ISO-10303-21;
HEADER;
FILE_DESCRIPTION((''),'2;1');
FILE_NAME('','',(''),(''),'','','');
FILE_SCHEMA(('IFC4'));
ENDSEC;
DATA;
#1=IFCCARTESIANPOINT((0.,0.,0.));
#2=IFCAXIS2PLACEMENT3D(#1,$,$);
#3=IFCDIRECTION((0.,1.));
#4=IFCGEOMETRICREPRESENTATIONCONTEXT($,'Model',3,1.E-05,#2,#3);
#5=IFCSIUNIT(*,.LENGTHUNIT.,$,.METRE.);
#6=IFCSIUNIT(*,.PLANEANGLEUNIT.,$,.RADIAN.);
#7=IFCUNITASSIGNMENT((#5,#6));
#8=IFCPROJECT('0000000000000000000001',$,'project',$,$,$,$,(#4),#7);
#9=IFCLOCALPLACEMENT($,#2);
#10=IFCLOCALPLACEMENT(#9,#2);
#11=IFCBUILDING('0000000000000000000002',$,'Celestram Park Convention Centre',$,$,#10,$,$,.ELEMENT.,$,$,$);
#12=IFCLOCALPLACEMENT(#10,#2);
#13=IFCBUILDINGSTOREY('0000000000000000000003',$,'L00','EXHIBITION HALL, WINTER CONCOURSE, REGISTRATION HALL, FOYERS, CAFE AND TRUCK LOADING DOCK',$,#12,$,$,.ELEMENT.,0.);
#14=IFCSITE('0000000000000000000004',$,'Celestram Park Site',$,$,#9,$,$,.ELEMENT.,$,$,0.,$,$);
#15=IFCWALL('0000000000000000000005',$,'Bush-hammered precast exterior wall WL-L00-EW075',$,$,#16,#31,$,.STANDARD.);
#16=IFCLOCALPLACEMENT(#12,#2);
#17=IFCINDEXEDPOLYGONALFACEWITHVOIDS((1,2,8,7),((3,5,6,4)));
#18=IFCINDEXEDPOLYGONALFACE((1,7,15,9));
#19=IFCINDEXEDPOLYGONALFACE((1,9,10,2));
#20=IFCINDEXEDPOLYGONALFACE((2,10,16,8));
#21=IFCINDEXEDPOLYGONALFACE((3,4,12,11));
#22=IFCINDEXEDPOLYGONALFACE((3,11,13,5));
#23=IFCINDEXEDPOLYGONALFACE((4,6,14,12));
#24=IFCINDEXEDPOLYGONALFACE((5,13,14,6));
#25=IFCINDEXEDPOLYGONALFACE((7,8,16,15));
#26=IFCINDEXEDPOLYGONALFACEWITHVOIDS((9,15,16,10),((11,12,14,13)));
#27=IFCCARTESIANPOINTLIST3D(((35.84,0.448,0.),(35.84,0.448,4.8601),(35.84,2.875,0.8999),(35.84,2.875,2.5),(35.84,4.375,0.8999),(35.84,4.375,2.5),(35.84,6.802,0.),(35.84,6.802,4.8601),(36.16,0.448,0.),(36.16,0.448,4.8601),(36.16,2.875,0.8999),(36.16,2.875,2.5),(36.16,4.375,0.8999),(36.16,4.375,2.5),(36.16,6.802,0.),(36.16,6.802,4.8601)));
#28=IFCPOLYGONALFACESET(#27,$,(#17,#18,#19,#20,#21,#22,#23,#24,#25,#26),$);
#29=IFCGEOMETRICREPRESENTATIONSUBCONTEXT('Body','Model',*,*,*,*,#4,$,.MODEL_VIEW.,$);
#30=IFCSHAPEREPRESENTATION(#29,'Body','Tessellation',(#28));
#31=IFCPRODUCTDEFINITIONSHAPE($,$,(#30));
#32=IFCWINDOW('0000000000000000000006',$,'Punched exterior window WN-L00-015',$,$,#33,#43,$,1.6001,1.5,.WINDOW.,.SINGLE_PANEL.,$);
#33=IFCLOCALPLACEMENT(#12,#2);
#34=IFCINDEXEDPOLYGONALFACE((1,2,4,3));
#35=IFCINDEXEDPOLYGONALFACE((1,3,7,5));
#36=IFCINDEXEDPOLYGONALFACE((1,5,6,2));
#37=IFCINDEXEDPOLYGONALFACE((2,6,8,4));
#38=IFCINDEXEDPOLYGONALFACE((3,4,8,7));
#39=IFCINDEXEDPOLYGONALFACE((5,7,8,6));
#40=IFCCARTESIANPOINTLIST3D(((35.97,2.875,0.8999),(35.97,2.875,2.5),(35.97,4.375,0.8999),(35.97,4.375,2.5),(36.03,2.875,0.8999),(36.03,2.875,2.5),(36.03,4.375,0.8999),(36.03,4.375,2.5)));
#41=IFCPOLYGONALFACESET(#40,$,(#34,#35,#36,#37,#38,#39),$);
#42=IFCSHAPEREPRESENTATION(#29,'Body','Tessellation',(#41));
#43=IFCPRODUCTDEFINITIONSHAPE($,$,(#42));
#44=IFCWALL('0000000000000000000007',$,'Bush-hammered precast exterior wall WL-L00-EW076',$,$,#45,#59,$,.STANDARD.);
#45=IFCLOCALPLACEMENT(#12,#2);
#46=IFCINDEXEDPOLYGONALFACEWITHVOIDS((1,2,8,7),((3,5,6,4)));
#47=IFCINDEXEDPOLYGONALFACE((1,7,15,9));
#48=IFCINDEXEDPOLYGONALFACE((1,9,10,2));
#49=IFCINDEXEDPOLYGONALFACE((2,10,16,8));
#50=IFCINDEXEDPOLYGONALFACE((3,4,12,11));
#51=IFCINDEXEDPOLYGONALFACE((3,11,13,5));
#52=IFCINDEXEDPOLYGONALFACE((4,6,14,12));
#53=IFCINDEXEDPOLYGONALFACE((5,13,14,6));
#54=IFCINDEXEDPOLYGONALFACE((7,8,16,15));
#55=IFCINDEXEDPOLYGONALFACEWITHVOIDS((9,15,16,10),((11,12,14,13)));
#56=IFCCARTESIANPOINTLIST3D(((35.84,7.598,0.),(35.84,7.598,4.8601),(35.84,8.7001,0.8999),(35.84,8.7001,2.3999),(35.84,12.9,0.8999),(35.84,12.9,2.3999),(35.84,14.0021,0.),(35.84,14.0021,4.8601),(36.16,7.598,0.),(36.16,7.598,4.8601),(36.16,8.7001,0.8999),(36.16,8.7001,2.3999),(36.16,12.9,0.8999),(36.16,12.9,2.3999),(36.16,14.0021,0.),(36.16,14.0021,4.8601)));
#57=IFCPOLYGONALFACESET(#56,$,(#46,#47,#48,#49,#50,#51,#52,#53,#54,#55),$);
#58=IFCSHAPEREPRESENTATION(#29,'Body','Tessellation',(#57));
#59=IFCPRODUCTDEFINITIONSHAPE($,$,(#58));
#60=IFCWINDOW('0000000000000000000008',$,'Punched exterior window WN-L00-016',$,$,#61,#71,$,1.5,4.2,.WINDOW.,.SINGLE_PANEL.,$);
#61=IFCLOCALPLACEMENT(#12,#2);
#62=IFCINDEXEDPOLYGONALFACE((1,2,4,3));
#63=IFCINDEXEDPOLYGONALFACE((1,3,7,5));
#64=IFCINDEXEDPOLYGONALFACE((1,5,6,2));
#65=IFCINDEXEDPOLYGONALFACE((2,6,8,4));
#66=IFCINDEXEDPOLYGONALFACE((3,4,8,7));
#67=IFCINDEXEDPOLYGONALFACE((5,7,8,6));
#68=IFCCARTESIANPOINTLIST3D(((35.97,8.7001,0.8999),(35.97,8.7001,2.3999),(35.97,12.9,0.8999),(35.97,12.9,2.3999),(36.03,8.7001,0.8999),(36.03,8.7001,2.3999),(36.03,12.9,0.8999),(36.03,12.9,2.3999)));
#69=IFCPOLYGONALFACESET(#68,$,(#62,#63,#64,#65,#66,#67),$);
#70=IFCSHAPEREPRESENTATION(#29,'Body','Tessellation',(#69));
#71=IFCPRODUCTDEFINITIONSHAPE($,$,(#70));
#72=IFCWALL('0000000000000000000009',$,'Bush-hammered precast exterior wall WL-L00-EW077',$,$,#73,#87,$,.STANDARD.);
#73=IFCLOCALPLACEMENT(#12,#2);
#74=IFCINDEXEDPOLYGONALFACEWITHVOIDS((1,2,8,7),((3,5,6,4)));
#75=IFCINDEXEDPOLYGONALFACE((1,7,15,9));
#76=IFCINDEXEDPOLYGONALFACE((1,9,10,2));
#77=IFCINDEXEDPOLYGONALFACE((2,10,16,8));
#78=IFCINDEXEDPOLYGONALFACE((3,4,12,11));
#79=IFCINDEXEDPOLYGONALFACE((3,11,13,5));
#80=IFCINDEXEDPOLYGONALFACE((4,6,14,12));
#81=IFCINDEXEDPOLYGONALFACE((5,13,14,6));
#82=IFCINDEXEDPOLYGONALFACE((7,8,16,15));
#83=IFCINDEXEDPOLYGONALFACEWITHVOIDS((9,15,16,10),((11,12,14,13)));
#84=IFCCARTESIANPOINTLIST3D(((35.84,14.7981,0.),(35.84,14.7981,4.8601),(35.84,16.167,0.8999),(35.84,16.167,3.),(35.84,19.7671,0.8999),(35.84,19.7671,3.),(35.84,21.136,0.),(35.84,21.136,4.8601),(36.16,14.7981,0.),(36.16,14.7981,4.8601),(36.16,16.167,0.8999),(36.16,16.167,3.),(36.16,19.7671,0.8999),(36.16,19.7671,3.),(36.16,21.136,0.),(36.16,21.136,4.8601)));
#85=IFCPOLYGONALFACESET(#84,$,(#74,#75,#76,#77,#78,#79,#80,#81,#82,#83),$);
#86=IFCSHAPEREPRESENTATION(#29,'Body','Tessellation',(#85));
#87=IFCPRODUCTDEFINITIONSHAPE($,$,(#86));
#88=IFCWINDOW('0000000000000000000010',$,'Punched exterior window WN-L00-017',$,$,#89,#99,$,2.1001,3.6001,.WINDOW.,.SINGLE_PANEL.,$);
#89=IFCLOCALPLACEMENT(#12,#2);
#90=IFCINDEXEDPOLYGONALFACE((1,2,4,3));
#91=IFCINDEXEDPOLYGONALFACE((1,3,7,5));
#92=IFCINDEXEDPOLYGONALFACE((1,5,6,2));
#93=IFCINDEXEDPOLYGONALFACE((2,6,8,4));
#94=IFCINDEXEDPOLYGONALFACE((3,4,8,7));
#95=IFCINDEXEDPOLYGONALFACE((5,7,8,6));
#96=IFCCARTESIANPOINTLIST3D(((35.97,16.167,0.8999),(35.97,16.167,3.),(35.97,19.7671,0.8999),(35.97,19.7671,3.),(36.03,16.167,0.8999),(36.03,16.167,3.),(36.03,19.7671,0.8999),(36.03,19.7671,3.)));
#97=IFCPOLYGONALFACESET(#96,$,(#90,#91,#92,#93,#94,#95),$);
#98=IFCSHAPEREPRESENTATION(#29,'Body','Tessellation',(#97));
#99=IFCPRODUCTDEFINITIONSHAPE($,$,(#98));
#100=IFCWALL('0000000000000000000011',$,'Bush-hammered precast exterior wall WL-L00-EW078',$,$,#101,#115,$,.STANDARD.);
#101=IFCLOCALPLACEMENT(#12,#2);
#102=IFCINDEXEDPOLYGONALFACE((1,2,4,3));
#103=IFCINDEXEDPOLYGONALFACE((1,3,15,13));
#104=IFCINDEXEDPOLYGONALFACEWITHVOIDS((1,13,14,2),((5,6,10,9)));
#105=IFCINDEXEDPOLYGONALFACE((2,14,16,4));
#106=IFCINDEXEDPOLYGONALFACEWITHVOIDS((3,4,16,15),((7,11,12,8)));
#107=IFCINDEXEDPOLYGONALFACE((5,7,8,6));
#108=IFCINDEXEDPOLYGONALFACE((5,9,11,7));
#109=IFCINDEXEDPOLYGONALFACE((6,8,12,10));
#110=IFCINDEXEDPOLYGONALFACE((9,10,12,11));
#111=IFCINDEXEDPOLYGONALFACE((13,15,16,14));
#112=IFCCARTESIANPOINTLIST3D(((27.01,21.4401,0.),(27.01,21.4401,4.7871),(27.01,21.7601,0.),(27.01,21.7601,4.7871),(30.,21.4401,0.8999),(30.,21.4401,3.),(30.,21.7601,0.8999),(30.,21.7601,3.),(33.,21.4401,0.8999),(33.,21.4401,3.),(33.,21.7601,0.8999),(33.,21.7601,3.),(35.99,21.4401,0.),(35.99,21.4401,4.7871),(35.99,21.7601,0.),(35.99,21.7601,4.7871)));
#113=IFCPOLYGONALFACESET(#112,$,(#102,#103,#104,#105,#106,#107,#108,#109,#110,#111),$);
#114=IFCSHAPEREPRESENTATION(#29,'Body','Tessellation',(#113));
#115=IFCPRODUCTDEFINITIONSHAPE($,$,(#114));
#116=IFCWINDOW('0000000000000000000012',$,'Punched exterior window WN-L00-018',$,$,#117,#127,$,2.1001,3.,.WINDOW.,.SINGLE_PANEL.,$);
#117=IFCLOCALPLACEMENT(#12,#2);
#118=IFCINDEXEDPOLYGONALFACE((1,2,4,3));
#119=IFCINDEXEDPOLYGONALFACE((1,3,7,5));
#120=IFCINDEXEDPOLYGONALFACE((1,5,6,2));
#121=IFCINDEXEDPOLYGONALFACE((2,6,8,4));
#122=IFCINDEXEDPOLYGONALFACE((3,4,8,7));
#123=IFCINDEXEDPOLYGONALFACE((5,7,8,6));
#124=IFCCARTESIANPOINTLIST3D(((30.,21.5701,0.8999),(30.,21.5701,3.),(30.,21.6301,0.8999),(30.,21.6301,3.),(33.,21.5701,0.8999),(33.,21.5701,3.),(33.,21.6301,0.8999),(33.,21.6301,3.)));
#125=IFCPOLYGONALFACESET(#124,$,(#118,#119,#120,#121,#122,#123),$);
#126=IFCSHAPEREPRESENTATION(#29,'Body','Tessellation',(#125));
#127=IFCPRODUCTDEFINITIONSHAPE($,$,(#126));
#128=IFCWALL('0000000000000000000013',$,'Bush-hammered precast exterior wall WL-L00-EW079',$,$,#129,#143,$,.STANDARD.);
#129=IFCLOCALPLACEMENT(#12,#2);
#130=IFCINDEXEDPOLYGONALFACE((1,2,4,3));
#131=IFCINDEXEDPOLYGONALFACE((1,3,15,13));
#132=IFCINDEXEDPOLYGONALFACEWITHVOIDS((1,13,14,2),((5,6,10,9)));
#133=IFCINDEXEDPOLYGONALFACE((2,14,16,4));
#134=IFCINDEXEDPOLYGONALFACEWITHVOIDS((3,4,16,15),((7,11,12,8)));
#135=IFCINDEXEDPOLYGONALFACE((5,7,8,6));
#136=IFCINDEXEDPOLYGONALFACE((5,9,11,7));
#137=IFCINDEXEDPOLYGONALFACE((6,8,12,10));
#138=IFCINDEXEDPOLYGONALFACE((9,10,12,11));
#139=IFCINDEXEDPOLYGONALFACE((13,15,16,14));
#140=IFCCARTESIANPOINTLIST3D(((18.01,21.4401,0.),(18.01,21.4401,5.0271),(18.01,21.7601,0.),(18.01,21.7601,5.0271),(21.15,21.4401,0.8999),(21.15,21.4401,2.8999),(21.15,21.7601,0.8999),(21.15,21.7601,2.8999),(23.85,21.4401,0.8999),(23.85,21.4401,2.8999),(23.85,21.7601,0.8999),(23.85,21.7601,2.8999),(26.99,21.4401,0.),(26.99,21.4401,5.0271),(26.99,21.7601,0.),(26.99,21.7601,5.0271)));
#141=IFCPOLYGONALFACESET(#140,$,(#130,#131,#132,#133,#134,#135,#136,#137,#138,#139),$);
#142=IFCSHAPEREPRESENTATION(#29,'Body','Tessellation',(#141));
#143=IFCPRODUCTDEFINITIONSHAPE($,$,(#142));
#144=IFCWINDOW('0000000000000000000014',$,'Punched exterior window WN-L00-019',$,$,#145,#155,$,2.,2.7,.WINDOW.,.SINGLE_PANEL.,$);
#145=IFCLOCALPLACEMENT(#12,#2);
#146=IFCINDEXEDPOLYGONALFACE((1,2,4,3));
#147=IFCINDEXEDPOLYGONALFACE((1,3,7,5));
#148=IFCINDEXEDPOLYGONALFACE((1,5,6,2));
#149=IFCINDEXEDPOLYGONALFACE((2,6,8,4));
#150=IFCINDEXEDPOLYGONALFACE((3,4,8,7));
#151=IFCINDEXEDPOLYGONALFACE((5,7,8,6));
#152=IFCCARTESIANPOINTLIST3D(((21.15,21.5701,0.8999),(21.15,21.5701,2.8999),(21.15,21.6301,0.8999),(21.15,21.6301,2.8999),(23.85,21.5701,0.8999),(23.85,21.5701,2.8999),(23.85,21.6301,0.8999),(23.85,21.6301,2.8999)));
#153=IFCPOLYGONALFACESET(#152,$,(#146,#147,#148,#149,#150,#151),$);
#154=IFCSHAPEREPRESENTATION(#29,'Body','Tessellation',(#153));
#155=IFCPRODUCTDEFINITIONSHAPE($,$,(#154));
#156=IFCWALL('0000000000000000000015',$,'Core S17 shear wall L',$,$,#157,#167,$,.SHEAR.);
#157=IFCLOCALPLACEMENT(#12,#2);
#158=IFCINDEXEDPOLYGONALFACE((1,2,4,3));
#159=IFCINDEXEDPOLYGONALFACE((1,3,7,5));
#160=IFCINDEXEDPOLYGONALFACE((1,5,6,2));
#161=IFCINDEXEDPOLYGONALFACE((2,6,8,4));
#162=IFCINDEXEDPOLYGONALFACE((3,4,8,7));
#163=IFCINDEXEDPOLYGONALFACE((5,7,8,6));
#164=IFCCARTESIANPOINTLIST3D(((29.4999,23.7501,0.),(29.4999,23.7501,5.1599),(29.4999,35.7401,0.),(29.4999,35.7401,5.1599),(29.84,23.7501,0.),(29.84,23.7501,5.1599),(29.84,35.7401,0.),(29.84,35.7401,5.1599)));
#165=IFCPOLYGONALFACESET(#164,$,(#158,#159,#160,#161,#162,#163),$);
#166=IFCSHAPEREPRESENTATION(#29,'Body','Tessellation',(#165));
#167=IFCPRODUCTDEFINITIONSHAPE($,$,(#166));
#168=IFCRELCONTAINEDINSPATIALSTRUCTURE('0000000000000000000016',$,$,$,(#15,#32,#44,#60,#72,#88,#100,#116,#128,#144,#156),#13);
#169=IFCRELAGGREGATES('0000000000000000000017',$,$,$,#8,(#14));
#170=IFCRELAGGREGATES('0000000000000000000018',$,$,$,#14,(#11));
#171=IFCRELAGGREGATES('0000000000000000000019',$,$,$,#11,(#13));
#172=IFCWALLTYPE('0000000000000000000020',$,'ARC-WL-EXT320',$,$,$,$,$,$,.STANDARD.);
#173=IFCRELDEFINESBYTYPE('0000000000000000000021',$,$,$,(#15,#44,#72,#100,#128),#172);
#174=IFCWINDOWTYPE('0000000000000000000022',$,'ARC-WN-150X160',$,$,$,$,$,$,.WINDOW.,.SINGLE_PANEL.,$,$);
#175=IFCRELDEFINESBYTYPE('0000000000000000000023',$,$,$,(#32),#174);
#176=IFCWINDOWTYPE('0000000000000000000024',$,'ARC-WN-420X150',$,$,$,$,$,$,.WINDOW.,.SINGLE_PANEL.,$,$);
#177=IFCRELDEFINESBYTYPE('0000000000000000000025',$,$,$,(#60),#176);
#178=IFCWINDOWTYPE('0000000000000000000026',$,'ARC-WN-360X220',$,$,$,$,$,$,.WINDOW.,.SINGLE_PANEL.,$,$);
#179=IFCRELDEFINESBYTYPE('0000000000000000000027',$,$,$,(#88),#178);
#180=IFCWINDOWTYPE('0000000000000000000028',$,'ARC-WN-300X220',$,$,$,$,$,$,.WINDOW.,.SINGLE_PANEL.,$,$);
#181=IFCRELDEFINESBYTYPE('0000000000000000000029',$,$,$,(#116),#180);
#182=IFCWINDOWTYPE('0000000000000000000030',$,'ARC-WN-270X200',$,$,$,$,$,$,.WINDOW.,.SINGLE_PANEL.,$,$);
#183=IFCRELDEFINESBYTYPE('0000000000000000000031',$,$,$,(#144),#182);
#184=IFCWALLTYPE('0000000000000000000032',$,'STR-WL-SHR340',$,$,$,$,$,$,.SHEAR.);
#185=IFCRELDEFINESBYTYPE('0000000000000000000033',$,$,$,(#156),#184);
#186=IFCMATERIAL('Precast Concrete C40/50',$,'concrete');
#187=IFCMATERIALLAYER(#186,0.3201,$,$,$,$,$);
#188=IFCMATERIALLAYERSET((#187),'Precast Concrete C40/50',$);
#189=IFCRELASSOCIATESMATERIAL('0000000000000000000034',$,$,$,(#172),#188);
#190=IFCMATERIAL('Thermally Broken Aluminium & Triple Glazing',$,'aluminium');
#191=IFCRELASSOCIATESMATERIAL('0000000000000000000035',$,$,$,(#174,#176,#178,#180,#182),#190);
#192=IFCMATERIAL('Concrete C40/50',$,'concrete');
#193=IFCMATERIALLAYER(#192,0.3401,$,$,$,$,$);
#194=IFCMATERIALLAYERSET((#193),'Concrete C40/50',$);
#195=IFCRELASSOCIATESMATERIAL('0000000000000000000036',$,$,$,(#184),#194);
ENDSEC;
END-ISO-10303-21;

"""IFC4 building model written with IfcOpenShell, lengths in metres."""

from ifc_helpers import new_model, si_unit, direction, frame, frame_2d, origin, place, context, subcontext, project, spatial, rectangle, extrude, material, layer, layer_set, type_object, element, fill, save


model = new_model("IFC4")

# Units and contexts
model_context = context("Model", 3, precision=1e-05, world=origin(), true_north=direction((0.0, 1.0)))
body_context = subcontext(model_context, "Body", "Model", "MODEL_VIEW")
ifc_project = project(units=[si_unit("LENGTHUNIT", "METRE"), si_unit("PLANEANGLEUNIT", "RADIAN")], contexts=[model_context])

# Site, building, storey
site_placement = place(None, origin())
site = spatial("IfcSite", under=ifc_project, at=site_placement, Name="Celestram Park Site", CompositionType="ELEMENT", RefElevation=0.0)
building_placement = place(site_placement, origin())
building = spatial("IfcBuilding", under=site, at=building_placement, Name="Celestram Park Convention Centre", CompositionType="ELEMENT")
storey_placement = place(building_placement, origin())
storey = spatial("IfcBuildingStorey", under=building, at=storey_placement, Name="L00", Description="EXHIBITION HALL, WINTER CONCOURSE, REGISTRATION HALL, FOYERS, CAFE AND TRUCK LOADING DOCK", CompositionType="ELEMENT", Elevation=0.0)

# Shared definitions
ifc_material_1 = material(Name="Concrete C40/50", Category="concrete")

# Walls, openings, windows
ifc_material_2 = material(Name="Precast Concrete C40/50", Category="concrete")
ifc_layer_1 = layer(ifc_material_2, 0.3201)
ifc_layer_set_1 = layer_set([ifc_layer_1], Name="Precast Concrete C40/50")
wall_type_1 = type_object("IfcWallType", Name="ARC-WL-EXT320", PredefinedType="STANDARD", material=ifc_layer_set_1)
wall_1_placement = place(storey_placement, frame((36.0, 0.448, 0.0), z_axis=(0.0, 0.0, 1.0), x_axis=(0.0, 1.0, 0.0)))
wall_1 = element("IfcWall", 1, at=wall_1_placement, inside=storey, type_object=wall_type_1, Name="Bush-hammered precast exterior wall WL-L00-EW075", PredefinedType="STANDARD", context=body_context, shape_type="SweptSolid", body=[
    extrude(rectangle(XDim=6.354, YDim=0.3201, at=frame_2d((3.177, 0.0))), origin(), (0.0, 0.0, 1.0), 4.8601),
])
opening_1_placement = place(wall_1_placement, frame((2.427, 0.0, 0.8999)))
opening_1 = element("IfcOpeningElement", 2, at=opening_1_placement, cuts=wall_1, PredefinedType="OPENING", context=body_context, shape_type="SweptSolid", body=[
    extrude(rectangle(XDim=1.5, YDim=1.6001, at=frame_2d((0.75, 0.8))), frame((0.0, 0.1699, 0.0), z_axis=(0.0, -1.0, 0.0), x_axis=(1.0, 0.0, 0.0)), (0.0, 0.0, 1.0), 0.3401),
])
ifc_material_3 = material(Name="Thermally Broken Aluminium & Triple Glazing", Category="aluminium")
window_type_1 = type_object("IfcWindowType", Name="ARC-WN-150X160", PartitioningType="SINGLE_PANEL", PredefinedType="WINDOW", material=ifc_material_3)
window_1_placement = place(opening_1_placement, origin())
window_1 = element("IfcWindow", 3, at=window_1_placement, inside=storey, type_object=window_type_1, Name="Punched exterior window WN-L00-015", OverallHeight=1.6001, OverallWidth=1.5, PartitioningType="SINGLE_PANEL", PredefinedType="WINDOW", context=body_context, shape_type="SweptSolid", body=[
    extrude(rectangle(XDim=1.5, YDim=1.6001, at=frame_2d((0.75, 0.8))), frame((0.0, 0.03, 0.0), z_axis=(0.0, -1.0, 0.0), x_axis=(1.0, 0.0, 0.0)), (0.0, 0.0, 1.0), 0.0601),
])
fill(opening_1, window_1)
wall_2_placement = place(storey_placement, frame((36.0, 7.5979, 0.0), z_axis=(0.0, 0.0, 1.0), x_axis=(0.0, 1.0, 0.0)))
wall_2 = element("IfcWall", 4, at=wall_2_placement, inside=storey, type_object=wall_type_1, Name="Bush-hammered precast exterior wall WL-L00-EW076", PredefinedType="STANDARD", context=body_context, shape_type="SweptSolid", body=[
    extrude(rectangle(XDim=6.4041, YDim=0.3201, at=frame_2d((3.2021, 0.0))), origin(), (0.0, 0.0, 1.0), 4.8601),
])
opening_2_placement = place(wall_2_placement, frame((1.1021, 0.0, 0.8999)))
opening_2 = element("IfcOpeningElement", 5, at=opening_2_placement, cuts=wall_2, PredefinedType="OPENING", context=body_context, shape_type="SweptSolid", body=[
    extrude(rectangle(XDim=4.2, YDim=1.5, at=frame_2d((2.1001, 0.75))), frame((0.0, 0.1699, 0.0), z_axis=(0.0, -1.0, 0.0), x_axis=(1.0, 0.0, 0.0)), (0.0, 0.0, 1.0), 0.3401),
])
window_type_2 = type_object("IfcWindowType", Name="ARC-WN-420X150", PartitioningType="SINGLE_PANEL", PredefinedType="WINDOW", material=ifc_material_3)
window_2_placement = place(opening_2_placement, origin())
window_2 = element("IfcWindow", 6, at=window_2_placement, inside=storey, type_object=window_type_2, Name="Punched exterior window WN-L00-016", OverallHeight=1.5, OverallWidth=4.2, PartitioningType="SINGLE_PANEL", PredefinedType="WINDOW", context=body_context, shape_type="SweptSolid", body=[
    extrude(rectangle(XDim=4.2, YDim=1.5, at=frame_2d((2.1001, 0.75))), frame((0.0, 0.03, 0.0), z_axis=(0.0, -1.0, 0.0), x_axis=(1.0, 0.0, 0.0)), (0.0, 0.0, 1.0), 0.0601),
])
fill(opening_2, window_2)
wall_3_placement = place(storey_placement, frame((36.0, 14.7981, 0.0), z_axis=(0.0, 0.0, 1.0), x_axis=(0.0, 1.0, 0.0)))
wall_3 = element("IfcWall", 7, at=wall_3_placement, inside=storey, type_object=wall_type_1, Name="Bush-hammered precast exterior wall WL-L00-EW077", PredefinedType="STANDARD", context=body_context, shape_type="SweptSolid", body=[
    extrude(rectangle(XDim=6.3379, YDim=0.3201, at=frame_2d((3.1689, 0.0))), origin(), (0.0, 0.0, 1.0), 4.8601),
])
opening_3_placement = place(wall_3_placement, frame((1.3689, 0.0, 0.8999)))
opening_3 = element("IfcOpeningElement", 8, at=opening_3_placement, cuts=wall_3, PredefinedType="OPENING", context=body_context, shape_type="SweptSolid", body=[
    extrude(rectangle(XDim=3.6001, YDim=2.1001, at=frame_2d((1.8, 1.05))), frame((0.0, 0.1699, 0.0), z_axis=(0.0, -1.0, 0.0), x_axis=(1.0, 0.0, 0.0)), (0.0, 0.0, 1.0), 0.3401),
])
window_type_3 = type_object("IfcWindowType", Name="ARC-WN-360X220", PartitioningType="SINGLE_PANEL", PredefinedType="WINDOW", material=ifc_material_3)
window_3_placement = place(opening_3_placement, origin())
window_3 = element("IfcWindow", 9, at=window_3_placement, inside=storey, type_object=window_type_3, Name="Punched exterior window WN-L00-017", OverallHeight=2.1001, OverallWidth=3.6001, PartitioningType="SINGLE_PANEL", PredefinedType="WINDOW", context=body_context, shape_type="SweptSolid", body=[
    extrude(rectangle(XDim=3.6001, YDim=2.1001, at=frame_2d((1.8, 1.05))), frame((0.0, 0.03, 0.0), z_axis=(0.0, -1.0, 0.0), x_axis=(1.0, 0.0, 0.0)), (0.0, 0.0, 1.0), 0.0601),
])
fill(opening_3, window_3)
wall_4_placement = place(storey_placement, frame((35.99, 21.6001, 0.0), z_axis=(0.0, 0.0, 1.0), x_axis=(-1.0, 0.0, 0.0)))
wall_4 = element("IfcWall", 10, at=wall_4_placement, inside=storey, type_object=wall_type_1, Name="Bush-hammered precast exterior wall WL-L00-EW078", PredefinedType="STANDARD", context=body_context, shape_type="SweptSolid", body=[
    extrude(rectangle(XDim=8.98, YDim=0.3201, at=frame_2d((4.49, 0.0))), origin(), (0.0, 0.0, 1.0), 4.7871),
])
opening_4_placement = place(wall_4_placement, frame((2.99, 0.0, 0.8999)))
opening_4 = element("IfcOpeningElement", 11, at=opening_4_placement, cuts=wall_4, PredefinedType="OPENING", context=body_context, shape_type="SweptSolid", body=[
    extrude(rectangle(XDim=3.0, YDim=2.1001, at=frame_2d((1.5, 1.05))), frame((0.0, 0.1699, 0.0), z_axis=(0.0, -1.0, 0.0), x_axis=(1.0, 0.0, 0.0)), (0.0, 0.0, 1.0), 0.3401),
])
window_type_4 = type_object("IfcWindowType", Name="ARC-WN-300X220", PartitioningType="SINGLE_PANEL", PredefinedType="WINDOW", material=ifc_material_3)
window_4_placement = place(opening_4_placement, origin())
window_4 = element("IfcWindow", 12, at=window_4_placement, inside=storey, type_object=window_type_4, Name="Punched exterior window WN-L00-018", OverallHeight=2.1001, OverallWidth=3.0, PartitioningType="SINGLE_PANEL", PredefinedType="WINDOW", context=body_context, shape_type="SweptSolid", body=[
    extrude(rectangle(XDim=3.0, YDim=2.1001, at=frame_2d((1.5, 1.05))), frame((0.0, 0.03, 0.0), z_axis=(0.0, -1.0, 0.0), x_axis=(1.0, 0.0, 0.0)), (0.0, 0.0, 1.0), 0.0601),
])
fill(opening_4, window_4)
wall_5_placement = place(storey_placement, frame((26.99, 21.6001, 0.0), z_axis=(0.0, 0.0, 1.0), x_axis=(-1.0, 0.0, 0.0)))
wall_5 = element("IfcWall", 13, at=wall_5_placement, inside=storey, type_object=wall_type_1, Name="Bush-hammered precast exterior wall WL-L00-EW079", PredefinedType="STANDARD", context=body_context, shape_type="SweptSolid", body=[
    extrude(rectangle(XDim=8.98, YDim=0.3201, at=frame_2d((4.49, 0.0))), origin(), (0.0, 0.0, 1.0), 5.0271),
])
opening_5_placement = place(wall_5_placement, frame((3.1399, 0.0, 0.8999)))
opening_5 = element("IfcOpeningElement", 14, at=opening_5_placement, cuts=wall_5, PredefinedType="OPENING", context=body_context, shape_type="SweptSolid", body=[
    extrude(rectangle(XDim=2.7, YDim=2.0, at=frame_2d((1.3501, 1.0))), frame((0.0, 0.1699, 0.0), z_axis=(0.0, -1.0, 0.0), x_axis=(1.0, 0.0, 0.0)), (0.0, 0.0, 1.0), 0.3401),
])
window_type_5 = type_object("IfcWindowType", Name="ARC-WN-270X200", PartitioningType="SINGLE_PANEL", PredefinedType="WINDOW", material=ifc_material_3)
window_5_placement = place(opening_5_placement, origin())
window_5 = element("IfcWindow", 15, at=window_5_placement, inside=storey, type_object=window_type_5, Name="Punched exterior window WN-L00-019", OverallHeight=2.0, OverallWidth=2.7, PartitioningType="SINGLE_PANEL", PredefinedType="WINDOW", context=body_context, shape_type="SweptSolid", body=[
    extrude(rectangle(XDim=2.7, YDim=2.0, at=frame_2d((1.3501, 1.0))), frame((0.0, 0.03, 0.0), z_axis=(0.0, -1.0, 0.0), x_axis=(1.0, 0.0, 0.0)), (0.0, 0.0, 1.0), 0.0601),
])
fill(opening_5, window_5)

# Wall
ifc_layer_2 = layer(ifc_material_1, 0.3401)
ifc_layer_set_2 = layer_set([ifc_layer_2], Name="Concrete C40/50")
wall_type_2 = type_object("IfcWallType", Name="STR-WL-SHR340", PredefinedType="SHEAR", material=ifc_layer_set_2)
for number, where, z_axis, x_axis, name in (
    (16, (29.6699, 23.75, 0.0), (0.0, 0.0, 1.0), (0.0, 1.0, 0.0), "Core S17 shear wall L"),
):
    element("IfcWall", number, at=place(storey_placement, frame(where, z_axis=z_axis, x_axis=x_axis)), inside=storey, type_object=wall_type_2, Name=name, PredefinedType="SHEAR", context=body_context, shape_type="SweptSolid", body=[
        extrude(rectangle(XDim=11.99, YDim=0.3401, at=frame_2d((5.9951, 0.0))), origin(), (0.0, 0.0, 1.0), 5.1599),
    ])

save(model, "model.ifc")
